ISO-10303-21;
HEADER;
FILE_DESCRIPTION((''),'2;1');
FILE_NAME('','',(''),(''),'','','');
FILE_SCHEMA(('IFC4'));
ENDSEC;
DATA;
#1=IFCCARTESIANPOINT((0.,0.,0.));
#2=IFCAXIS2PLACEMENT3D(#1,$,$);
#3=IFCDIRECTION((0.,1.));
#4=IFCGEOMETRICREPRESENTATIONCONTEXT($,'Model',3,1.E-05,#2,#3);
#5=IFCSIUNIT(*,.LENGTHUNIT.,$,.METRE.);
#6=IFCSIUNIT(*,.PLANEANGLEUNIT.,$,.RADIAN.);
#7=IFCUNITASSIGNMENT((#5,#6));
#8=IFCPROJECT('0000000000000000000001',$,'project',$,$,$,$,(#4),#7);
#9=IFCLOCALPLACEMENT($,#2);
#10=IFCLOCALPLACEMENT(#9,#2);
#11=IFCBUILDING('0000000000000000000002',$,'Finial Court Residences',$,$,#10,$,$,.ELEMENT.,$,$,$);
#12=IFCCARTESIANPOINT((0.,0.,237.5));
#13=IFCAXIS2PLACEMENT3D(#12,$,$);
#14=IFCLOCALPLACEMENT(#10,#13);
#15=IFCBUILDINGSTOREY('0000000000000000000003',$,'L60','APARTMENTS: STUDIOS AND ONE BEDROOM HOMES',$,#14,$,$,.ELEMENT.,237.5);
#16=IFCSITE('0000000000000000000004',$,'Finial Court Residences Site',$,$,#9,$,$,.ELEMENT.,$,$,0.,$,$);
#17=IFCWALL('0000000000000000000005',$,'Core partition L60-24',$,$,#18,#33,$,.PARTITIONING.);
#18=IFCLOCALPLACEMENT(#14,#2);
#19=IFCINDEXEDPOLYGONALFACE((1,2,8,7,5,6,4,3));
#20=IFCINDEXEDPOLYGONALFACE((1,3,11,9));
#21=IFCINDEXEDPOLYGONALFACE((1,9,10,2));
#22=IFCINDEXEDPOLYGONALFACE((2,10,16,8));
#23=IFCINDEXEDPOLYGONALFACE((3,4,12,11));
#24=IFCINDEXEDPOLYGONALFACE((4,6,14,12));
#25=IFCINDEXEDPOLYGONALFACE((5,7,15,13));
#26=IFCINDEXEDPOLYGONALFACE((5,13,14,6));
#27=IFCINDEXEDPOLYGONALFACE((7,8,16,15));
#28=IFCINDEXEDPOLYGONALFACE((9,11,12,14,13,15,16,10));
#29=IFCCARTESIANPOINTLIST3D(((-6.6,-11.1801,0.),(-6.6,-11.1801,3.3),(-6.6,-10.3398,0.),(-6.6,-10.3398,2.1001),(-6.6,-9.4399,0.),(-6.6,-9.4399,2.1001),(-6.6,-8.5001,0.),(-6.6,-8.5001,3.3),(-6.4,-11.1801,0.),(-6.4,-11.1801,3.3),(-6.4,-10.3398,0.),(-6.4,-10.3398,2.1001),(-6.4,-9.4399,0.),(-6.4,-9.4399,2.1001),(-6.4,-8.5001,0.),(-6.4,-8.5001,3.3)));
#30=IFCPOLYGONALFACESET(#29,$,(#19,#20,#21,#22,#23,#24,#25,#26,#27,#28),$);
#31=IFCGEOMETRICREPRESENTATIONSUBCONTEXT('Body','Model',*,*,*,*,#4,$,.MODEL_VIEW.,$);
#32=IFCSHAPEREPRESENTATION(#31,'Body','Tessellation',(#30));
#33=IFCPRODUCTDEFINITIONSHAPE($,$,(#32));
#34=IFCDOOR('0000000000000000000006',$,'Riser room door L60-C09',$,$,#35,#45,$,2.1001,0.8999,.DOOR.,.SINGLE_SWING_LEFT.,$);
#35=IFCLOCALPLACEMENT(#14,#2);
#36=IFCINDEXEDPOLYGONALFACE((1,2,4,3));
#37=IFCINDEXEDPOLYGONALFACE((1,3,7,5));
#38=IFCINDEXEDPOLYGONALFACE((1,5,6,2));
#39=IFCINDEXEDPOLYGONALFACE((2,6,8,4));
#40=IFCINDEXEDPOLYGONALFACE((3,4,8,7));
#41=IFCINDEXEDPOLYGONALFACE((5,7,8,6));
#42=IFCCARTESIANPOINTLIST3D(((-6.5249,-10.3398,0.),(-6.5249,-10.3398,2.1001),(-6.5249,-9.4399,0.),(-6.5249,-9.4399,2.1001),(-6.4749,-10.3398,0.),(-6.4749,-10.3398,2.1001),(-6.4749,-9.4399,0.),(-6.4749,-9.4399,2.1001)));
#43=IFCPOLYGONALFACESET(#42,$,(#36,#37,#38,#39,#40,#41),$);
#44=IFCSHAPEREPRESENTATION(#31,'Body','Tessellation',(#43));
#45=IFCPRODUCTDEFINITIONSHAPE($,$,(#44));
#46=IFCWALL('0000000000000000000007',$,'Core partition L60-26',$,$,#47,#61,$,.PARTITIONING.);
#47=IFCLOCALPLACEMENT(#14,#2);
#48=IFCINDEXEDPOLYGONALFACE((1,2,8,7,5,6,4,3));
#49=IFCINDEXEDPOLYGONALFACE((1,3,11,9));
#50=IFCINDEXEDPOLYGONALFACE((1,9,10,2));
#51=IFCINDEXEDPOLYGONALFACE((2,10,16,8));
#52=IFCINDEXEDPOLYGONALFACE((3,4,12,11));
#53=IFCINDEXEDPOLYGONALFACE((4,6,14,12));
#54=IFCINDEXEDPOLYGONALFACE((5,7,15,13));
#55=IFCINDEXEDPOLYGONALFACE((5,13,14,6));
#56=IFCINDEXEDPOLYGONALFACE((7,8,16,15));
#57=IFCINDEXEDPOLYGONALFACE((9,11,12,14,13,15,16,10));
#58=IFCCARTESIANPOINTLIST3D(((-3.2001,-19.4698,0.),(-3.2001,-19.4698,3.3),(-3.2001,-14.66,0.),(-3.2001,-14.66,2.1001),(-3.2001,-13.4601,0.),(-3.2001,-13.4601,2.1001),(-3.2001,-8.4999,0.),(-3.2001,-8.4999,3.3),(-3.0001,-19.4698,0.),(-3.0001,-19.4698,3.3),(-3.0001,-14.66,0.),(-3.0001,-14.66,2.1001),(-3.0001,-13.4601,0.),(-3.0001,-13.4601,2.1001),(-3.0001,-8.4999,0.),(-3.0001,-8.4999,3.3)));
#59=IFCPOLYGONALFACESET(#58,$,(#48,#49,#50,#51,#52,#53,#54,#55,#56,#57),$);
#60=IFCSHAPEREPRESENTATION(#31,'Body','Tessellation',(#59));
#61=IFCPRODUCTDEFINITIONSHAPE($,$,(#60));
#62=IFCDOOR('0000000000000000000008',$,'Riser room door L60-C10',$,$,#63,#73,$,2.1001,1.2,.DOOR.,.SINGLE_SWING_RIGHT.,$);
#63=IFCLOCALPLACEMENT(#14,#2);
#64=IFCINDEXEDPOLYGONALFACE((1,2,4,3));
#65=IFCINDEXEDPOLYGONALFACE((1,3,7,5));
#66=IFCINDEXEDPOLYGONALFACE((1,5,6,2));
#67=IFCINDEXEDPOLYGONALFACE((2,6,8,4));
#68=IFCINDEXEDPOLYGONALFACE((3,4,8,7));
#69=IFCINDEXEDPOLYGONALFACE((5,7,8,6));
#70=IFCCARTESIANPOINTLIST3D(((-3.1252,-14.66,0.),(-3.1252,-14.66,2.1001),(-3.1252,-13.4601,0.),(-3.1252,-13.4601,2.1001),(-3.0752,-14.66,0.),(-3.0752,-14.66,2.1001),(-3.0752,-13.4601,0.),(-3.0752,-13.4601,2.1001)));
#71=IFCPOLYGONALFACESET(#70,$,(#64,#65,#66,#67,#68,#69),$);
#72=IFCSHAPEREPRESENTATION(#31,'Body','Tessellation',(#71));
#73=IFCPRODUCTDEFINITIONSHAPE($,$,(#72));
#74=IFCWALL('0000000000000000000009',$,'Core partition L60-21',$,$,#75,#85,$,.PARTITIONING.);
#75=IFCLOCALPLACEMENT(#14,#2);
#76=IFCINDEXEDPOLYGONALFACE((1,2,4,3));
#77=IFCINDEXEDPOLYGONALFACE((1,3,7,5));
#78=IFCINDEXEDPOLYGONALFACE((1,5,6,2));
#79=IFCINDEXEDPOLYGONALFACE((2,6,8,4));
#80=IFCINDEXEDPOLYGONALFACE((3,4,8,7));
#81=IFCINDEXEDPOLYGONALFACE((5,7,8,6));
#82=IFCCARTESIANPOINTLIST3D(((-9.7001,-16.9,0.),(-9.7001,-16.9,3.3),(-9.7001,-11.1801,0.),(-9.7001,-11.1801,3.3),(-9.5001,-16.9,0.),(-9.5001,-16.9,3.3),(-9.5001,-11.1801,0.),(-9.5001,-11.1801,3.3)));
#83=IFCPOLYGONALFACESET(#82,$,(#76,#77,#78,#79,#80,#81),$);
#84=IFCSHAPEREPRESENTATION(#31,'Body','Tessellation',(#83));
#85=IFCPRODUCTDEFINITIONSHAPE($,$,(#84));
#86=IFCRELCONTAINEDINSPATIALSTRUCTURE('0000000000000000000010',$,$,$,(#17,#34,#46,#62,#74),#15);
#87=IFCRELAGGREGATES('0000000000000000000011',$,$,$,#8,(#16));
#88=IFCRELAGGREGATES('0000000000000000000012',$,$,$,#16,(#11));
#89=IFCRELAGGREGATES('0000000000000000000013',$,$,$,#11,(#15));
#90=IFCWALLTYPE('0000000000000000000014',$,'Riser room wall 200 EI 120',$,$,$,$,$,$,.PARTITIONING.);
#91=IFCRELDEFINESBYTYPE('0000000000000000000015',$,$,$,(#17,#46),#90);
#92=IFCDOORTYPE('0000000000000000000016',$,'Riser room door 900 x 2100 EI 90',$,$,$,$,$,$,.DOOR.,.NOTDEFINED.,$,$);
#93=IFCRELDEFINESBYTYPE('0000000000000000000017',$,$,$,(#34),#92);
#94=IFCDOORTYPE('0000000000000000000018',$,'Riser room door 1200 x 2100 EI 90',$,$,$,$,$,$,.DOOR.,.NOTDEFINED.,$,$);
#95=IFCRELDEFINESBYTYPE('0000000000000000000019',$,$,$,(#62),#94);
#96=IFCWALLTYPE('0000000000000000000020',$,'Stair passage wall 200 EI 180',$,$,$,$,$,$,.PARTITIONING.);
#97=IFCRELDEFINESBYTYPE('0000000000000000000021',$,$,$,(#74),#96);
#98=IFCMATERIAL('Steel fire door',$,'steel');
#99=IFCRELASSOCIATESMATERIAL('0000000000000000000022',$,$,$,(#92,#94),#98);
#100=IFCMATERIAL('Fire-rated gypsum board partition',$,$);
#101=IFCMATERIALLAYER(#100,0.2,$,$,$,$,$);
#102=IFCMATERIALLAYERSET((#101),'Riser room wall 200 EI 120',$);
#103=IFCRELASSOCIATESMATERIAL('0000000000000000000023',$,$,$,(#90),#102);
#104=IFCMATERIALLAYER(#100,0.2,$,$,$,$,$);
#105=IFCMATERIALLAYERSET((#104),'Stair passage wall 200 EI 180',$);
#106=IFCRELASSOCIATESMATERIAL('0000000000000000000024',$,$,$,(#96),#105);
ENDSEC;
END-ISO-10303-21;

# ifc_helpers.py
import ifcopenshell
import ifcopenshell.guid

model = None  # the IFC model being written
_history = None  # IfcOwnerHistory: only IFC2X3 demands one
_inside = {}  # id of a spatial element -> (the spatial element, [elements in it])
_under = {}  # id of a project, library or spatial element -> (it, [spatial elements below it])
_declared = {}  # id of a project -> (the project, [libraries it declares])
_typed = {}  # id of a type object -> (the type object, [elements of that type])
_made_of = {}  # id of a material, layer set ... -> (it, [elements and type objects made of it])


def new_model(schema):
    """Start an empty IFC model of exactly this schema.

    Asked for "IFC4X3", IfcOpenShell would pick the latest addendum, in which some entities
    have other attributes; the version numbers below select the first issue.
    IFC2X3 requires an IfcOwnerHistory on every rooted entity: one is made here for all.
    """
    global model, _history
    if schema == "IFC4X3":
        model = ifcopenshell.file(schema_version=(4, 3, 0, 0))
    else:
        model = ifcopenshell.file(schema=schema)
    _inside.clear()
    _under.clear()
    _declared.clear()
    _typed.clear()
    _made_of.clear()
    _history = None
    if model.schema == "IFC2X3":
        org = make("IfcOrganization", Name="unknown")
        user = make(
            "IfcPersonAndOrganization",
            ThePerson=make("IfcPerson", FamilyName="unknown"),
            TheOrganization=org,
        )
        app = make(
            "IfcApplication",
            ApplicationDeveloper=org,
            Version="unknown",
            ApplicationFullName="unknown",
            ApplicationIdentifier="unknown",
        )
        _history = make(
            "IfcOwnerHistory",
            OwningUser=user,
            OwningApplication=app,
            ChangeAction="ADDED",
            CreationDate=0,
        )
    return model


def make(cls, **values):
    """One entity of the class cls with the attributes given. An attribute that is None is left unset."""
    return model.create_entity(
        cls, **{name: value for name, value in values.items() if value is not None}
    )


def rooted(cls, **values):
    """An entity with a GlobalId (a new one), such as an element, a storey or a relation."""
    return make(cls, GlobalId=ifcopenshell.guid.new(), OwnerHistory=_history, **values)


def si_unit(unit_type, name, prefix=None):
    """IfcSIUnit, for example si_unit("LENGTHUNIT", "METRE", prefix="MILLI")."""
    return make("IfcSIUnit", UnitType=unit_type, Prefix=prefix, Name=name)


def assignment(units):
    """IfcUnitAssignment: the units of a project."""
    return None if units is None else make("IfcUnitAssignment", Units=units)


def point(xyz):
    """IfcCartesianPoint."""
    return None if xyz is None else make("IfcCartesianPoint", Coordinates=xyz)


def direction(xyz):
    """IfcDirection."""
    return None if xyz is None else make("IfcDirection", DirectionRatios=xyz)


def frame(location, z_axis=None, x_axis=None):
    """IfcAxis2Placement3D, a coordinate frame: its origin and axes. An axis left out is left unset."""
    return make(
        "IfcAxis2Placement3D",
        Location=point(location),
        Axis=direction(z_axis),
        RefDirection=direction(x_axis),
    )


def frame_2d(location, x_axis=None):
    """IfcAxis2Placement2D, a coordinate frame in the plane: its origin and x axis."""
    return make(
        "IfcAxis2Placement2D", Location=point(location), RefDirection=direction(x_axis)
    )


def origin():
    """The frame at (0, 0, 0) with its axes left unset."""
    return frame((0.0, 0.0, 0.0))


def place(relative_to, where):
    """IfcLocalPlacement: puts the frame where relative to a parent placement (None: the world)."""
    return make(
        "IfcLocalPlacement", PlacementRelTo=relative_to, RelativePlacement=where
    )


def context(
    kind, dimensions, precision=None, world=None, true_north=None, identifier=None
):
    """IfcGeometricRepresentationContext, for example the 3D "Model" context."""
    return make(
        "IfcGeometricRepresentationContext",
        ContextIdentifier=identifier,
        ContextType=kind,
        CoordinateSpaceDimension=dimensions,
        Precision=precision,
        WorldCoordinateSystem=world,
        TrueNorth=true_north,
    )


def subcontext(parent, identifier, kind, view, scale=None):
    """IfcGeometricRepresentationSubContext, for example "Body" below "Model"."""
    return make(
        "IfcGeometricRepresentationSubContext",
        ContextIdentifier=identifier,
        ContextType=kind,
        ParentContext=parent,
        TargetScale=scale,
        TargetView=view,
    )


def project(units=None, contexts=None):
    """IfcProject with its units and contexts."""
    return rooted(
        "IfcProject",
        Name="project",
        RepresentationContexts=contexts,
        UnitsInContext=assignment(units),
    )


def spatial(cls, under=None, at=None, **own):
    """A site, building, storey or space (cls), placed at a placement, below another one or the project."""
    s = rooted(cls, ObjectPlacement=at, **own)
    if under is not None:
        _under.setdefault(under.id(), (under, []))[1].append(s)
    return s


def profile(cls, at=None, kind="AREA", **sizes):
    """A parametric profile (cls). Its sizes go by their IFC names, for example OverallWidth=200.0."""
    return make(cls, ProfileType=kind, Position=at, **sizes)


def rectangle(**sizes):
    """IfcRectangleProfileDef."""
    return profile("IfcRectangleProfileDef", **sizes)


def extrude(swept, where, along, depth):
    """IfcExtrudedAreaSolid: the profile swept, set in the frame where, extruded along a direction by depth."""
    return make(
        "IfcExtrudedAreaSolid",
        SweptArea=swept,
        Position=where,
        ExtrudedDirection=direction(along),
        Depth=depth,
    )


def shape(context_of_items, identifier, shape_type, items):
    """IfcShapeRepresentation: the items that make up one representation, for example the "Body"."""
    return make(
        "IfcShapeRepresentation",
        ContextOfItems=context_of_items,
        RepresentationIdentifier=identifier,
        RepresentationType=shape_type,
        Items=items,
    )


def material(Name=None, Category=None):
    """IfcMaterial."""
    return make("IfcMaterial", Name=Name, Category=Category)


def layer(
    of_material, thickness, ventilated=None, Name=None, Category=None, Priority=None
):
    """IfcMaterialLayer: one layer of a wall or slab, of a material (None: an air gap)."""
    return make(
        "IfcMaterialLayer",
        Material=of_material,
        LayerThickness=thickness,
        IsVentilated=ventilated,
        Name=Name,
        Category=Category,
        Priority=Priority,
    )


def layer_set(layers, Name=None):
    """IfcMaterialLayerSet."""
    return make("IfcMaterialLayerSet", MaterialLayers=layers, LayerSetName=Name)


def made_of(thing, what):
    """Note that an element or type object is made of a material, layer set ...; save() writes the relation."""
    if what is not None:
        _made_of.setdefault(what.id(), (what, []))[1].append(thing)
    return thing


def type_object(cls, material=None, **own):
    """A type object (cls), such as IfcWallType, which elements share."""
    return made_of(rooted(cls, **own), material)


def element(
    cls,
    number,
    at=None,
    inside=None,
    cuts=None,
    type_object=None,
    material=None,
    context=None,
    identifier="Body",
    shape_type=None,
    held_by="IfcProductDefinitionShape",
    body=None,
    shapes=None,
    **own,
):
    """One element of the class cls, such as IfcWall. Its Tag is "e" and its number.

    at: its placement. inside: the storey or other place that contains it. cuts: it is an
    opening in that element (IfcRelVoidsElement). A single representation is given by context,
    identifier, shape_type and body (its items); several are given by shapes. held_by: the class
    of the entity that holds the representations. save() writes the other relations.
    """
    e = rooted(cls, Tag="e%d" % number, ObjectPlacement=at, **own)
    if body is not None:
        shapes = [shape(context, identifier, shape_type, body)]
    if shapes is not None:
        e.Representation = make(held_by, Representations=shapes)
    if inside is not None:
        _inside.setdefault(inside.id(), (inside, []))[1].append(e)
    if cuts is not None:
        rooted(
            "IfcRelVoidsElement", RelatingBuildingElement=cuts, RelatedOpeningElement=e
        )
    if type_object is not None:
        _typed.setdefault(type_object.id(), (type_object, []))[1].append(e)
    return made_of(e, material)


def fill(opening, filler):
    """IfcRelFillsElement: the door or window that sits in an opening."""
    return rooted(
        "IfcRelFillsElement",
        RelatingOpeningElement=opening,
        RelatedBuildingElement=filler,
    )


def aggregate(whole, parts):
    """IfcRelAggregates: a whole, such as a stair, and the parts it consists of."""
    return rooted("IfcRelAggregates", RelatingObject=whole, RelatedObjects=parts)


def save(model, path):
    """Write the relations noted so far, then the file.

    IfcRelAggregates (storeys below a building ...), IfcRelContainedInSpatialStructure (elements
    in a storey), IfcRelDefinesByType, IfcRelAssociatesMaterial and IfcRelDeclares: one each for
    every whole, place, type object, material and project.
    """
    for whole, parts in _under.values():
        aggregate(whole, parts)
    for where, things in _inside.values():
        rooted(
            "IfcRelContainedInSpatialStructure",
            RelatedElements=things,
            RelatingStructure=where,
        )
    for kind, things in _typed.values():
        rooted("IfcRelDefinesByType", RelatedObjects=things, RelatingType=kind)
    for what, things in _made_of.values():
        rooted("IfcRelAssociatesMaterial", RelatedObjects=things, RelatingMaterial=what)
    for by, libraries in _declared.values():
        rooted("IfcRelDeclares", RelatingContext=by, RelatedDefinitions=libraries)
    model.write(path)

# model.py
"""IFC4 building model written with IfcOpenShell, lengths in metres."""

from ifc_helpers import new_model, si_unit, direction, frame, frame_2d, origin, place, context, subcontext, project, spatial, rectangle, extrude, material, layer, layer_set, type_object, element, fill, save


model = new_model("IFC4")

# Units and contexts
model_context = context("Model", 3, precision=1e-05, world=origin(), true_north=direction((0.0, 1.0)))
body_context = subcontext(model_context, "Body", "Model", "MODEL_VIEW")
ifc_project = project(units=[si_unit("LENGTHUNIT", "METRE"), si_unit("PLANEANGLEUNIT", "RADIAN")], contexts=[model_context])

# Site, building, storey
site_placement = place(None, origin())
site = spatial("IfcSite", under=ifc_project, at=site_placement, Name="Finial Court Residences Site", CompositionType="ELEMENT", RefElevation=0.0)
building_placement = place(site_placement, origin())
building = spatial("IfcBuilding", under=site, at=building_placement, Name="Finial Court Residences", CompositionType="ELEMENT")
storey_placement = place(building_placement, frame((0.0, 0.0, 237.5)))
storey = spatial("IfcBuildingStorey", under=building, at=storey_placement, Name="L60", Description="APARTMENTS: STUDIOS AND ONE BEDROOM HOMES", CompositionType="ELEMENT", Elevation=237.5)

# Shared definitions
ifc_material_1 = material(Name="Steel fire door", Category="steel")
door_type_1 = type_object("IfcDoorType", Name="Riser room door 900 x 2100 EI 90", OperationType="NOTDEFINED", PredefinedType="DOOR", material=ifc_material_1)

# Shared definitions
ifc_material_2 = material(Name="Fire-rated gypsum board partition")
ifc_layer_1 = layer(ifc_material_2, 0.2)
ifc_layer_set_1 = layer_set([ifc_layer_1], Name="Riser room wall 200 EI 120")
wall_type_1 = type_object("IfcWallType", Name="Riser room wall 200 EI 120", PredefinedType="PARTITIONING", material=ifc_layer_set_1)

# Walls, openings, doors
wall_1_placement = place(storey_placement, frame((-6.5, -11.1799, 0.0), z_axis=(0.0, 0.0, 1.0), x_axis=(0.0, 1.0, 0.0)))
wall_1 = element("IfcWall", 1, at=wall_1_placement, inside=storey, type_object=wall_type_1, Name="Core partition L60-24", PredefinedType="PARTITIONING", context=body_context, shape_type="SweptSolid", body=[
    extrude(rectangle(XDim=2.6799, YDim=0.2, at=frame_2d((1.3398, 0.0))), origin(), (0.0, 0.0, 1.0), 3.3),
])
opening_1_placement = place(wall_1_placement, frame((0.8401, 0.0, 0.0)))
opening_1 = element("IfcOpeningElement", 2, at=opening_1_placement, cuts=wall_1, PredefinedType="OPENING", context=body_context, shape_type="SweptSolid", body=[
    extrude(rectangle(XDim=0.8999, YDim=2.1001, at=frame_2d((0.45, 1.05))), frame((0.0, 0.1099, 0.0), z_axis=(0.0, -1.0, 0.0), x_axis=(1.0, 0.0, 0.0)), (0.0, 0.0, 1.0), 0.22),
])
door_1_placement = place(opening_1_placement, origin())
door_1 = element("IfcDoor", 3, at=door_1_placement, inside=storey, type_object=door_type_1, Name="Riser room door L60-C09", OperationType="SINGLE_SWING_LEFT", OverallHeight=2.1001, OverallWidth=0.8999, PredefinedType="DOOR", context=body_context, shape_type="SweptSolid", body=[
    extrude(rectangle(XDim=0.8999, YDim=2.1001, at=frame_2d((0.45, 1.05))), frame((0.0, 0.0249, 0.0), z_axis=(0.0, -1.0, 0.0), x_axis=(1.0, 0.0, 0.0)), (0.0, 0.0, 1.0), 0.05),
])
fill(opening_1, door_1)
wall_2_placement = place(storey_placement, frame((-3.1001, -8.5, 0.0), z_axis=(0.0, 0.0, 1.0), x_axis=(0.0, -1.0, 0.0)))
wall_2 = element("IfcWall", 4, at=wall_2_placement, inside=storey, type_object=wall_type_1, Name="Core partition L60-26", PredefinedType="PARTITIONING", context=body_context, shape_type="SweptSolid", body=[
    extrude(rectangle(XDim=10.97, YDim=0.2, at=frame_2d((5.4849, 0.0))), origin(), (0.0, 0.0, 1.0), 3.3),
])
opening_2_placement = place(wall_2_placement, frame((4.96, 0.0, 0.0)))
opening_2 = element("IfcOpeningElement", 5, at=opening_2_placement, cuts=wall_2, PredefinedType="OPENING", context=body_context, shape_type="SweptSolid", body=[
    extrude(rectangle(XDim=1.2, YDim=2.1001, at=frame_2d((0.6001, 1.05))), frame((0.0, 0.1099, 0.0), z_axis=(0.0, -1.0, 0.0), x_axis=(1.0, 0.0, 0.0)), (0.0, 0.0, 1.0), 0.22),
])
door_type_2 = type_object("IfcDoorType", Name="Riser room door 1200 x 2100 EI 90", OperationType="NOTDEFINED", PredefinedType="DOOR", material=ifc_material_1)
door_2_placement = place(opening_2_placement, origin())
door_2 = element("IfcDoor", 6, at=door_2_placement, inside=storey, type_object=door_type_2, Name="Riser room door L60-C10", OperationType="SINGLE_SWING_RIGHT", OverallHeight=2.1001, OverallWidth=1.2, PredefinedType="DOOR", context=body_context, shape_type="SweptSolid", body=[
    extrude(rectangle(XDim=1.2, YDim=2.1001, at=frame_2d((0.6001, 1.05))), frame((0.0, 0.0249, 0.0), z_axis=(0.0, -1.0, 0.0), x_axis=(1.0, 0.0, 0.0)), (0.0, 0.0, 1.0), 0.05),
])
fill(opening_2, door_2)

# Wall
ifc_layer_2 = layer(ifc_material_2, 0.2)
ifc_layer_set_2 = layer_set([ifc_layer_2], Name="Stair passage wall 200 EI 180")
wall_type_2 = type_object("IfcWallType", Name="Stair passage wall 200 EI 180", PredefinedType="PARTITIONING", material=ifc_layer_set_2)
wall_3_placement = place(storey_placement, frame((-9.6001, -16.8999, 0.0), z_axis=(0.0, 0.0, 1.0), x_axis=(0.0, 1.0, 0.0)))
element("IfcWall", 7, at=wall_3_placement, inside=storey, type_object=wall_type_2, Name="Core partition L60-21", PredefinedType="PARTITIONING", context=body_context, shape_type="SweptSolid", body=[
    extrude(rectangle(XDim=5.72, YDim=0.2, at=frame_2d((2.8599, 0.0))), origin(), (0.0, 0.0, 1.0), 3.3),
])

save(model, "model.ifc")
